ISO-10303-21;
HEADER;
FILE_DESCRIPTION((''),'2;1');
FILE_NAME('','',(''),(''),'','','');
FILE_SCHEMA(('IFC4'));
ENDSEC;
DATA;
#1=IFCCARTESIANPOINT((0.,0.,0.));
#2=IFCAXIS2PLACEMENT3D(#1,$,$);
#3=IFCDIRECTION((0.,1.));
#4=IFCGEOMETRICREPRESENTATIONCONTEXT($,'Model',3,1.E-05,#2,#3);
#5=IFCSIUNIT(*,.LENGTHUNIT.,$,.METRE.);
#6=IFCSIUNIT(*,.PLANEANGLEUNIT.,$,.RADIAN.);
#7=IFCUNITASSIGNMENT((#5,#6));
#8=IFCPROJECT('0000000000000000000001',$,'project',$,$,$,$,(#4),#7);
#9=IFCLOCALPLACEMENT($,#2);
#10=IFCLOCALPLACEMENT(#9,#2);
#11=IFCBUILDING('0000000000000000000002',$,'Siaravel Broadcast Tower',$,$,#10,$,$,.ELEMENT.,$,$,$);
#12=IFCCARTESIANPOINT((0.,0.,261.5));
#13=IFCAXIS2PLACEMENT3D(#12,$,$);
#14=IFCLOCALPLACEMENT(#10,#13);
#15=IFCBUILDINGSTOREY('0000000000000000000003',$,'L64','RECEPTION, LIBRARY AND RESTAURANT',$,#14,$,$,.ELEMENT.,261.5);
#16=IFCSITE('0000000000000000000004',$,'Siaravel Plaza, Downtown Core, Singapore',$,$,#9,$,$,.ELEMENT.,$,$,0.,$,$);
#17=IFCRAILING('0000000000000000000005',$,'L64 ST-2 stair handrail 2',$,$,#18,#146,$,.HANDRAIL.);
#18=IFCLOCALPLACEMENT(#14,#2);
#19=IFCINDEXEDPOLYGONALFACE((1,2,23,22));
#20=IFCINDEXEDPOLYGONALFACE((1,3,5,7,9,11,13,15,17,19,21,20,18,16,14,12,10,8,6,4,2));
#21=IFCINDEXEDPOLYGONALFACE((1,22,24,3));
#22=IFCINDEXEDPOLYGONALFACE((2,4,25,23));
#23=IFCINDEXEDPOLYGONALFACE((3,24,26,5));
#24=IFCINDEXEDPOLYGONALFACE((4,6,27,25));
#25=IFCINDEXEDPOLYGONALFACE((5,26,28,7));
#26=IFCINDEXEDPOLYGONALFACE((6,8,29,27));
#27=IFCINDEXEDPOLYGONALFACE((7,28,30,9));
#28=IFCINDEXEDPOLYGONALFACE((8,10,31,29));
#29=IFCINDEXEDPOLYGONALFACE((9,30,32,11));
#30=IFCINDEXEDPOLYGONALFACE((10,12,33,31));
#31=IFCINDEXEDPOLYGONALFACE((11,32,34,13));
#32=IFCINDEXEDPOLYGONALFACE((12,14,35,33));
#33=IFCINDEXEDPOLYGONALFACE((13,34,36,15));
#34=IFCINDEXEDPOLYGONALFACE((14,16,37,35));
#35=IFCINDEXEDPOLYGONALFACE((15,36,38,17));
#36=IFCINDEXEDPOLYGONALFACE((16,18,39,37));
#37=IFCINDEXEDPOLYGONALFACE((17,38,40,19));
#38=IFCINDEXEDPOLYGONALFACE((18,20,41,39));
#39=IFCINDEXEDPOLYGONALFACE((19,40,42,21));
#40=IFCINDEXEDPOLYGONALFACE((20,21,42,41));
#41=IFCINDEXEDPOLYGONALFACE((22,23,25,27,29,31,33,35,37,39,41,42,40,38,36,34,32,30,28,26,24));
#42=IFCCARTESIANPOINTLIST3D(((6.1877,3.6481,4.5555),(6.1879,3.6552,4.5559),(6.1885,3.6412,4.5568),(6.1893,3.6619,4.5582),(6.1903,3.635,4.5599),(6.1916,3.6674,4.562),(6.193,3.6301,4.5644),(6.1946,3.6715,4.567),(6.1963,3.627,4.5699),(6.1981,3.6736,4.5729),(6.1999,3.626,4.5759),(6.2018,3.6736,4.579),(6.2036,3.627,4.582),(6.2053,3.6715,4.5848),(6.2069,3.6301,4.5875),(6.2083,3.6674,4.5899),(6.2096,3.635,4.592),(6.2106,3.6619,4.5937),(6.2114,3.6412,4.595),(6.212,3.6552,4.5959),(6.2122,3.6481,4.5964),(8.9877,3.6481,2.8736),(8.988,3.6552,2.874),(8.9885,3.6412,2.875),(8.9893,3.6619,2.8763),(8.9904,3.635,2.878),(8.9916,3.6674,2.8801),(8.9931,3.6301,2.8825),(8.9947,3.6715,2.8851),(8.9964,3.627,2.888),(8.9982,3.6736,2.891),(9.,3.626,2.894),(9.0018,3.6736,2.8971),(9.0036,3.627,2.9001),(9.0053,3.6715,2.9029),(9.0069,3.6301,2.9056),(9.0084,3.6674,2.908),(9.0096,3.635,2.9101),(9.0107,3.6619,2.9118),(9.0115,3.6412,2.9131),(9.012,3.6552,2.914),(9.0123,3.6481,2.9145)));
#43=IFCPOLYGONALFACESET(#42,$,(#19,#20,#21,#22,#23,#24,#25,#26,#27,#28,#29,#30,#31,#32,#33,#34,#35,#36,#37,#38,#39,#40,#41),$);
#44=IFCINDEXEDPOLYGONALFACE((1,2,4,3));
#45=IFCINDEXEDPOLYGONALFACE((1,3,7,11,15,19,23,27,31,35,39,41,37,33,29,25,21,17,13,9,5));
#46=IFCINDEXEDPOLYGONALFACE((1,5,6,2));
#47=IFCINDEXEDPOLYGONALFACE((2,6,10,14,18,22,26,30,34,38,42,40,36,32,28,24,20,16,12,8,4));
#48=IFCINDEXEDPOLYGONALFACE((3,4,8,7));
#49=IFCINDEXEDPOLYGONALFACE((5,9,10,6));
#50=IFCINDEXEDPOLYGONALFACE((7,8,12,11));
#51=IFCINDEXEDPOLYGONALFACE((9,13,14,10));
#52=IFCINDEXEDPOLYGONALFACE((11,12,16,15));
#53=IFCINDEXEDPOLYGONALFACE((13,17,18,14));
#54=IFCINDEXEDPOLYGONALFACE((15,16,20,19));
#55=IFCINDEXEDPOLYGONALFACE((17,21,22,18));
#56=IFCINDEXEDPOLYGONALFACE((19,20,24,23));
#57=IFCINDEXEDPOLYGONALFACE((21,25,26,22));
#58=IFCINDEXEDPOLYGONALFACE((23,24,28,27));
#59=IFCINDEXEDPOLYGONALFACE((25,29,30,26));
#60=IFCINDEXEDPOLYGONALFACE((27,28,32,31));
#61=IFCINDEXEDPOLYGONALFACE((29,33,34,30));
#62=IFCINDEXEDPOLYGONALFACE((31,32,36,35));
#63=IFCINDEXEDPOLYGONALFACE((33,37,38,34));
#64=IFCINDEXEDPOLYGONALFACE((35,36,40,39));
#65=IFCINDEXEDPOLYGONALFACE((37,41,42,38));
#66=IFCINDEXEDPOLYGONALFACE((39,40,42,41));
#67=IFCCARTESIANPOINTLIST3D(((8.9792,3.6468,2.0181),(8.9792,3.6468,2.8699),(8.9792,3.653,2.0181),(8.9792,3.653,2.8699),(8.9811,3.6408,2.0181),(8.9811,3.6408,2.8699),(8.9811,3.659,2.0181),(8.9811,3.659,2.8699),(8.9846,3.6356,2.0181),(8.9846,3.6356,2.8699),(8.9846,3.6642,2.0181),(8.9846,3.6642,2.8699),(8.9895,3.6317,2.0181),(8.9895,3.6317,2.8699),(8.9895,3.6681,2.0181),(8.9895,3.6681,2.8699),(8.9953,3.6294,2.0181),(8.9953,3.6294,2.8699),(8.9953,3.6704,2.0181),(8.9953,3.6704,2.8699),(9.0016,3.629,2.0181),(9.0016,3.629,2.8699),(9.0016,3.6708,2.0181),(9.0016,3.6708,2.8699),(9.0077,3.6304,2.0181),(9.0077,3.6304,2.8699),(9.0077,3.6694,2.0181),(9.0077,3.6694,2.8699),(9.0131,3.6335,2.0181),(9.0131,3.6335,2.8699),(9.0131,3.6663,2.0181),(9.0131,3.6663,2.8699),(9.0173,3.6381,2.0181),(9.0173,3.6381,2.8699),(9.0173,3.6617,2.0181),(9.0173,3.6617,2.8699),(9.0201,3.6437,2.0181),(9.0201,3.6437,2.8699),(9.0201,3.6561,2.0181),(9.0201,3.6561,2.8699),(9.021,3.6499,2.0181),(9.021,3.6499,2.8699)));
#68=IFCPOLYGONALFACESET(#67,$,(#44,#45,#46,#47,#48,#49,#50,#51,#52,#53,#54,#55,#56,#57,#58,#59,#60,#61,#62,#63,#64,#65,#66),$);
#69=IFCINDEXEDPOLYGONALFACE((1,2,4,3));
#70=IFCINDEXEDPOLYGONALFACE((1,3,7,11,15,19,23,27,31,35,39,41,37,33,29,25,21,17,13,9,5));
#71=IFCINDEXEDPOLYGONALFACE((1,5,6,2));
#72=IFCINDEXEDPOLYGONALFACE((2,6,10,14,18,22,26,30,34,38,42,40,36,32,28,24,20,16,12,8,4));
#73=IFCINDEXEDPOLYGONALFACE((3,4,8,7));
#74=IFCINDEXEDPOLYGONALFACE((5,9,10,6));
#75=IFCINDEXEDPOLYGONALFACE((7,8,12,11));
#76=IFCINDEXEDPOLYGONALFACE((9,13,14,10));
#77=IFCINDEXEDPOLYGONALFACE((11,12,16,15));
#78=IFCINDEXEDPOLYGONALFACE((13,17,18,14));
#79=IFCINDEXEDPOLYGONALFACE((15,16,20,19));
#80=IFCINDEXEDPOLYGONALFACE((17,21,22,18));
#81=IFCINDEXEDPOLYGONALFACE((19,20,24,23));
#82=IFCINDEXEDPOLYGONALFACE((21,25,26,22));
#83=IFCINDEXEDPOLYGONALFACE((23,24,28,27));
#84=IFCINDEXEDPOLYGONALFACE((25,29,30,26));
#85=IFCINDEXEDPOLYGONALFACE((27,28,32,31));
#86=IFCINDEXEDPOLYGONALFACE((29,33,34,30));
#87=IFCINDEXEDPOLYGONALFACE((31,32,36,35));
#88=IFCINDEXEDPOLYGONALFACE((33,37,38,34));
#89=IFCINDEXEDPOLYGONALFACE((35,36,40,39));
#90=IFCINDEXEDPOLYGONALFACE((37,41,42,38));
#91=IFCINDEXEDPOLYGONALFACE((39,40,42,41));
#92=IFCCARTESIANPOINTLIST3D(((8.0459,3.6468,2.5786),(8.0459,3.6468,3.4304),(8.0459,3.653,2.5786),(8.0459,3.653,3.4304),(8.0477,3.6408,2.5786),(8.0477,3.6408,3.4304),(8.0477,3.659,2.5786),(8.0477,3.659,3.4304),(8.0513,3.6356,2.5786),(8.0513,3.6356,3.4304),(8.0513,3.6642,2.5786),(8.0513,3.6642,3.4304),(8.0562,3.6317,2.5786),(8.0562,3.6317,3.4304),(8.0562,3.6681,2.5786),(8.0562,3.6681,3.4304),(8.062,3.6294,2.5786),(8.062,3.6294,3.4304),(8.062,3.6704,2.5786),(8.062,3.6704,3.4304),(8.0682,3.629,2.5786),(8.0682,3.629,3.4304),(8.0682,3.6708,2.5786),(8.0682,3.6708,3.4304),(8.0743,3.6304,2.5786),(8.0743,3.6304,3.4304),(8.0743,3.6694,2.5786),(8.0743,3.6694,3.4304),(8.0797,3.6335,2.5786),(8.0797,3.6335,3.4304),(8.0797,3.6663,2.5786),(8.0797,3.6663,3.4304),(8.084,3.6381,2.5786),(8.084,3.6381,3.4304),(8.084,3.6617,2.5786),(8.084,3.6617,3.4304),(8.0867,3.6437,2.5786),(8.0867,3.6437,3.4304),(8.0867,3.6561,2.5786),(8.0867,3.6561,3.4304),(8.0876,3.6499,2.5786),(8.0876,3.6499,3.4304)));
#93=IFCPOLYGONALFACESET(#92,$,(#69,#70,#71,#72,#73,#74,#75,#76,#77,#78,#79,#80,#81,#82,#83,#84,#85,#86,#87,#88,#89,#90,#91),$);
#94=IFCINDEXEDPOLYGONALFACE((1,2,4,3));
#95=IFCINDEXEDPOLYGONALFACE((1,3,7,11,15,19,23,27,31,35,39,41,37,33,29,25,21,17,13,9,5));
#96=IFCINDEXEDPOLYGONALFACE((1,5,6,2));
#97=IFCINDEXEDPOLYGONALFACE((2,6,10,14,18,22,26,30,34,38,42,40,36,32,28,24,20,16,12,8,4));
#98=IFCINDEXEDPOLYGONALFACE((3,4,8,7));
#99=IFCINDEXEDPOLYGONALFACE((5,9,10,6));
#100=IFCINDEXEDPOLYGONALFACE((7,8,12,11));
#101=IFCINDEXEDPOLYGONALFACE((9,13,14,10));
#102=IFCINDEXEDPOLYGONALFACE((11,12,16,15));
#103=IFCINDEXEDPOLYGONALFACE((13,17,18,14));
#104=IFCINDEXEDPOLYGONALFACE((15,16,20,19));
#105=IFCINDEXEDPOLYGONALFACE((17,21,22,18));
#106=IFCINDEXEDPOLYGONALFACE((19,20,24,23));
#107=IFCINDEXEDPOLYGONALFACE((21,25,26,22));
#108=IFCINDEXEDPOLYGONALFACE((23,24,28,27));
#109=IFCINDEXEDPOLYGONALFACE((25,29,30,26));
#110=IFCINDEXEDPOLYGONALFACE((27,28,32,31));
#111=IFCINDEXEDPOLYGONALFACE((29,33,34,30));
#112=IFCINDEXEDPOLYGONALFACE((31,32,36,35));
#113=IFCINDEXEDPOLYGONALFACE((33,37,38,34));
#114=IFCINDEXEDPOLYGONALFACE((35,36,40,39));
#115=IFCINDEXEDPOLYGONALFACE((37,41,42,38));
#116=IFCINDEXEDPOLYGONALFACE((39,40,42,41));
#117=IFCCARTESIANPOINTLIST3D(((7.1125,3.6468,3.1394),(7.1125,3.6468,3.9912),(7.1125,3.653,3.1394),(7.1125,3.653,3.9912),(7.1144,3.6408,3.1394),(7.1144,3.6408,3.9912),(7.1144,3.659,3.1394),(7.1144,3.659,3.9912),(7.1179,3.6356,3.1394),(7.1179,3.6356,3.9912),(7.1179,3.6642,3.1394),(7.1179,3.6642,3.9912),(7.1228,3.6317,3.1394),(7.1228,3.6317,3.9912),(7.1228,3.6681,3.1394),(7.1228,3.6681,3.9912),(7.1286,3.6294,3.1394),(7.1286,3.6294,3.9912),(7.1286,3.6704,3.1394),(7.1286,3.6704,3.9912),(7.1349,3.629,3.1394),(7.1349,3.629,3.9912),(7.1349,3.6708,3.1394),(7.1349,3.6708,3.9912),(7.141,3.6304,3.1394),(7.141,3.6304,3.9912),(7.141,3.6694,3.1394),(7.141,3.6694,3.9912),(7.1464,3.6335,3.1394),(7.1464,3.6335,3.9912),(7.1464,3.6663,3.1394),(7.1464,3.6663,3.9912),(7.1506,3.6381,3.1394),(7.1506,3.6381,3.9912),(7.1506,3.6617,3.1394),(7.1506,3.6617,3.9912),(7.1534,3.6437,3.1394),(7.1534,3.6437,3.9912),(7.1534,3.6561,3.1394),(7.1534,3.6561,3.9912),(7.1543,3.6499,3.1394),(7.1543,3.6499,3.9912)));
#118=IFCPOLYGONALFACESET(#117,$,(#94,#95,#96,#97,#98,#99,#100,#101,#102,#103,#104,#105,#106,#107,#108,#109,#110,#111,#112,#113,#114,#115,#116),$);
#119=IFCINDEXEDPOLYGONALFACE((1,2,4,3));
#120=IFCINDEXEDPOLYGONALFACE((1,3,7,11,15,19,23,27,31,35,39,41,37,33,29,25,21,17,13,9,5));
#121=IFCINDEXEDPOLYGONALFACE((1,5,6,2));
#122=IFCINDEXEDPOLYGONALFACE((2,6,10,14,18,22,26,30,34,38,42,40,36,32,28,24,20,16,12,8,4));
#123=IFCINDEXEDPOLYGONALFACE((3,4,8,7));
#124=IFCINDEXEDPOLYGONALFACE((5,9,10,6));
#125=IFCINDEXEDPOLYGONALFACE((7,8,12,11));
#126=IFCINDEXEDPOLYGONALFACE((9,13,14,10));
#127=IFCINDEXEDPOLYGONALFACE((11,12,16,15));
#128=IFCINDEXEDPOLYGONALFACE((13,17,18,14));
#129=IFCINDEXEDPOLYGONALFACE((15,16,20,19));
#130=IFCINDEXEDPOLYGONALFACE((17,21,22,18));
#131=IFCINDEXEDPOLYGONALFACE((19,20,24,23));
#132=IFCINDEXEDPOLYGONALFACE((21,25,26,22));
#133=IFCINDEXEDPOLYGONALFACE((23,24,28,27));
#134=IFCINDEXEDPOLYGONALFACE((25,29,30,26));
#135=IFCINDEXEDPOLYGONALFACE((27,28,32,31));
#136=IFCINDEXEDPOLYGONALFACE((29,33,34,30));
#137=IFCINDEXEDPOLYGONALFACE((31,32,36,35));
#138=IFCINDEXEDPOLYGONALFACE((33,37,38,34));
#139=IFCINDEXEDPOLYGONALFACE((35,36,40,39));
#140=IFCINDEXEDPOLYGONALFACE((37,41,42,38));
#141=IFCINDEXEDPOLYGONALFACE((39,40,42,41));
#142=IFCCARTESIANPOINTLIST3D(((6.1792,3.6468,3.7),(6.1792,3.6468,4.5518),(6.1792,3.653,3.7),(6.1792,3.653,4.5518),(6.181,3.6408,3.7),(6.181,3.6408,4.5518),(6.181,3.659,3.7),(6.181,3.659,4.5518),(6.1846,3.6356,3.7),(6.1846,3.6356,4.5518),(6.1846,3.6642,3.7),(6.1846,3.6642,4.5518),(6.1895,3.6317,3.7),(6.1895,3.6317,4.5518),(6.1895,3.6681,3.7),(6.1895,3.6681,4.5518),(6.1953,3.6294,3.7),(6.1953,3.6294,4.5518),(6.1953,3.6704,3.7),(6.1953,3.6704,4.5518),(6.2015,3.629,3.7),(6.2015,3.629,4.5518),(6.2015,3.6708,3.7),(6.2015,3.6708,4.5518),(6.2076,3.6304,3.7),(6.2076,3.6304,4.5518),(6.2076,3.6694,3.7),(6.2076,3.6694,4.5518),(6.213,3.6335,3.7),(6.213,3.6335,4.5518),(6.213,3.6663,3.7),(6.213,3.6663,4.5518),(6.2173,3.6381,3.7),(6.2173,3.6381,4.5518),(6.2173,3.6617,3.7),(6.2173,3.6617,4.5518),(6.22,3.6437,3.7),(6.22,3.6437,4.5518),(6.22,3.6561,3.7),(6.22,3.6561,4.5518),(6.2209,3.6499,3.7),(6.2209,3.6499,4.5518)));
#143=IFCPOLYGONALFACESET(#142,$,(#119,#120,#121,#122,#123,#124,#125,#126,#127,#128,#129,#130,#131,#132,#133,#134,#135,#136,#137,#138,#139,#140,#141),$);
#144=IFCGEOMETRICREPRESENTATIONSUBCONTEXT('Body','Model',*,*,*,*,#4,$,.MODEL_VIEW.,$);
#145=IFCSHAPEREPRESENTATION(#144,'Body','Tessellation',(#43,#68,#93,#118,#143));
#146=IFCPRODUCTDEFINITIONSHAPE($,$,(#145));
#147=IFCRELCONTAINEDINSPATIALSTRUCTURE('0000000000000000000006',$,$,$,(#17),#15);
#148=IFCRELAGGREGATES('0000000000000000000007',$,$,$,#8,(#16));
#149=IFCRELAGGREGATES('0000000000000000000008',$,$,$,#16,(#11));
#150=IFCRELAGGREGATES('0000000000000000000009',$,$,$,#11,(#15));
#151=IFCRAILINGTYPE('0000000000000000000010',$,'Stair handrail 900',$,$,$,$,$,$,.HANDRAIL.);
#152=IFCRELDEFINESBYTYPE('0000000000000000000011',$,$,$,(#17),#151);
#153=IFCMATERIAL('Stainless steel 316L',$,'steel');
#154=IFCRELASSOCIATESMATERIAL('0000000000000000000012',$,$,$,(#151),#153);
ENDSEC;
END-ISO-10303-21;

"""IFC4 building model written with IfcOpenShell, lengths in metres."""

from ifc_helpers import new_model, si_unit, direction, frame, origin, origin_2d, place, context, subcontext, project, spatial, circle, extrude, material, type_object, element, save


model = new_model("IFC4")

# Units and contexts
model_context = context("Model", 3, precision=1e-05, world=origin(), true_north=direction((0.0, 1.0)))
body_context = subcontext(model_context, "Body", "Model", "MODEL_VIEW")
ifc_project = project(units=[si_unit("LENGTHUNIT", "METRE"), si_unit("PLANEANGLEUNIT", "RADIAN")], contexts=[model_context])

# Site, building, storey
site_placement = place(None, origin())
site = spatial("IfcSite", under=ifc_project, at=site_placement, Name="Siaravel Plaza, Downtown Core, Singapore", CompositionType="ELEMENT", RefElevation=0.0)
building_placement = place(site_placement, origin())
building = spatial("IfcBuilding", under=site, at=building_placement, Name="Siaravel Broadcast Tower", CompositionType="ELEMENT")
storey_placement = place(building_placement, frame((0.0, 0.0, 261.5)))
storey = spatial("IfcBuildingStorey", under=building, at=storey_placement, Name="L64", Description="RECEPTION, LIBRARY AND RESTAURANT", CompositionType="ELEMENT", Elevation=261.5)

# Railing
ifc_material_1 = material(Name="Stainless steel 316L", Category="steel")
railing_type_1 = type_object("IfcRailingType", Name="Stair handrail 900", PredefinedType="HANDRAIL", material=ifc_material_1)
railing_1_placement = place(storey_placement, frame((9.0, 3.6499, 2.0181)))
element("IfcRailing", 1, at=railing_1_placement, inside=storey, type_object=railing_type_1, Name="L64 ST-2 stair handrail 2", PredefinedType="HANDRAIL", context=body_context, shape_type="SweptSolid", body=[
    extrude(circle(Radius=0.0239, at=origin_2d()), frame((0.0, 0.0, 0.876), z_axis=(-0.857242, 0.0, 0.514913), x_axis=(0.0, -1.0, 0.0)), (0.0, 0.0, 1.0), 3.2664),
    extrude(circle(Radius=0.021, at=origin_2d()), origin(), (0.0, 0.0, 1.0), 0.8518),
    extrude(circle(Radius=0.021, at=origin_2d()), frame((-0.9333, 0.0, 0.5605)), (0.0, 0.0, 1.0), 0.8518),
    extrude(circle(Radius=0.021, at=origin_2d()), frame((-1.8667, 0.0, 1.1213)), (0.0, 0.0, 1.0), 0.8518),
    extrude(circle(Radius=0.021, at=origin_2d()), frame((-2.8, 0.0, 1.6819)), (0.0, 0.0, 1.0), 0.8518),
])

save(model, "model.ifc")
